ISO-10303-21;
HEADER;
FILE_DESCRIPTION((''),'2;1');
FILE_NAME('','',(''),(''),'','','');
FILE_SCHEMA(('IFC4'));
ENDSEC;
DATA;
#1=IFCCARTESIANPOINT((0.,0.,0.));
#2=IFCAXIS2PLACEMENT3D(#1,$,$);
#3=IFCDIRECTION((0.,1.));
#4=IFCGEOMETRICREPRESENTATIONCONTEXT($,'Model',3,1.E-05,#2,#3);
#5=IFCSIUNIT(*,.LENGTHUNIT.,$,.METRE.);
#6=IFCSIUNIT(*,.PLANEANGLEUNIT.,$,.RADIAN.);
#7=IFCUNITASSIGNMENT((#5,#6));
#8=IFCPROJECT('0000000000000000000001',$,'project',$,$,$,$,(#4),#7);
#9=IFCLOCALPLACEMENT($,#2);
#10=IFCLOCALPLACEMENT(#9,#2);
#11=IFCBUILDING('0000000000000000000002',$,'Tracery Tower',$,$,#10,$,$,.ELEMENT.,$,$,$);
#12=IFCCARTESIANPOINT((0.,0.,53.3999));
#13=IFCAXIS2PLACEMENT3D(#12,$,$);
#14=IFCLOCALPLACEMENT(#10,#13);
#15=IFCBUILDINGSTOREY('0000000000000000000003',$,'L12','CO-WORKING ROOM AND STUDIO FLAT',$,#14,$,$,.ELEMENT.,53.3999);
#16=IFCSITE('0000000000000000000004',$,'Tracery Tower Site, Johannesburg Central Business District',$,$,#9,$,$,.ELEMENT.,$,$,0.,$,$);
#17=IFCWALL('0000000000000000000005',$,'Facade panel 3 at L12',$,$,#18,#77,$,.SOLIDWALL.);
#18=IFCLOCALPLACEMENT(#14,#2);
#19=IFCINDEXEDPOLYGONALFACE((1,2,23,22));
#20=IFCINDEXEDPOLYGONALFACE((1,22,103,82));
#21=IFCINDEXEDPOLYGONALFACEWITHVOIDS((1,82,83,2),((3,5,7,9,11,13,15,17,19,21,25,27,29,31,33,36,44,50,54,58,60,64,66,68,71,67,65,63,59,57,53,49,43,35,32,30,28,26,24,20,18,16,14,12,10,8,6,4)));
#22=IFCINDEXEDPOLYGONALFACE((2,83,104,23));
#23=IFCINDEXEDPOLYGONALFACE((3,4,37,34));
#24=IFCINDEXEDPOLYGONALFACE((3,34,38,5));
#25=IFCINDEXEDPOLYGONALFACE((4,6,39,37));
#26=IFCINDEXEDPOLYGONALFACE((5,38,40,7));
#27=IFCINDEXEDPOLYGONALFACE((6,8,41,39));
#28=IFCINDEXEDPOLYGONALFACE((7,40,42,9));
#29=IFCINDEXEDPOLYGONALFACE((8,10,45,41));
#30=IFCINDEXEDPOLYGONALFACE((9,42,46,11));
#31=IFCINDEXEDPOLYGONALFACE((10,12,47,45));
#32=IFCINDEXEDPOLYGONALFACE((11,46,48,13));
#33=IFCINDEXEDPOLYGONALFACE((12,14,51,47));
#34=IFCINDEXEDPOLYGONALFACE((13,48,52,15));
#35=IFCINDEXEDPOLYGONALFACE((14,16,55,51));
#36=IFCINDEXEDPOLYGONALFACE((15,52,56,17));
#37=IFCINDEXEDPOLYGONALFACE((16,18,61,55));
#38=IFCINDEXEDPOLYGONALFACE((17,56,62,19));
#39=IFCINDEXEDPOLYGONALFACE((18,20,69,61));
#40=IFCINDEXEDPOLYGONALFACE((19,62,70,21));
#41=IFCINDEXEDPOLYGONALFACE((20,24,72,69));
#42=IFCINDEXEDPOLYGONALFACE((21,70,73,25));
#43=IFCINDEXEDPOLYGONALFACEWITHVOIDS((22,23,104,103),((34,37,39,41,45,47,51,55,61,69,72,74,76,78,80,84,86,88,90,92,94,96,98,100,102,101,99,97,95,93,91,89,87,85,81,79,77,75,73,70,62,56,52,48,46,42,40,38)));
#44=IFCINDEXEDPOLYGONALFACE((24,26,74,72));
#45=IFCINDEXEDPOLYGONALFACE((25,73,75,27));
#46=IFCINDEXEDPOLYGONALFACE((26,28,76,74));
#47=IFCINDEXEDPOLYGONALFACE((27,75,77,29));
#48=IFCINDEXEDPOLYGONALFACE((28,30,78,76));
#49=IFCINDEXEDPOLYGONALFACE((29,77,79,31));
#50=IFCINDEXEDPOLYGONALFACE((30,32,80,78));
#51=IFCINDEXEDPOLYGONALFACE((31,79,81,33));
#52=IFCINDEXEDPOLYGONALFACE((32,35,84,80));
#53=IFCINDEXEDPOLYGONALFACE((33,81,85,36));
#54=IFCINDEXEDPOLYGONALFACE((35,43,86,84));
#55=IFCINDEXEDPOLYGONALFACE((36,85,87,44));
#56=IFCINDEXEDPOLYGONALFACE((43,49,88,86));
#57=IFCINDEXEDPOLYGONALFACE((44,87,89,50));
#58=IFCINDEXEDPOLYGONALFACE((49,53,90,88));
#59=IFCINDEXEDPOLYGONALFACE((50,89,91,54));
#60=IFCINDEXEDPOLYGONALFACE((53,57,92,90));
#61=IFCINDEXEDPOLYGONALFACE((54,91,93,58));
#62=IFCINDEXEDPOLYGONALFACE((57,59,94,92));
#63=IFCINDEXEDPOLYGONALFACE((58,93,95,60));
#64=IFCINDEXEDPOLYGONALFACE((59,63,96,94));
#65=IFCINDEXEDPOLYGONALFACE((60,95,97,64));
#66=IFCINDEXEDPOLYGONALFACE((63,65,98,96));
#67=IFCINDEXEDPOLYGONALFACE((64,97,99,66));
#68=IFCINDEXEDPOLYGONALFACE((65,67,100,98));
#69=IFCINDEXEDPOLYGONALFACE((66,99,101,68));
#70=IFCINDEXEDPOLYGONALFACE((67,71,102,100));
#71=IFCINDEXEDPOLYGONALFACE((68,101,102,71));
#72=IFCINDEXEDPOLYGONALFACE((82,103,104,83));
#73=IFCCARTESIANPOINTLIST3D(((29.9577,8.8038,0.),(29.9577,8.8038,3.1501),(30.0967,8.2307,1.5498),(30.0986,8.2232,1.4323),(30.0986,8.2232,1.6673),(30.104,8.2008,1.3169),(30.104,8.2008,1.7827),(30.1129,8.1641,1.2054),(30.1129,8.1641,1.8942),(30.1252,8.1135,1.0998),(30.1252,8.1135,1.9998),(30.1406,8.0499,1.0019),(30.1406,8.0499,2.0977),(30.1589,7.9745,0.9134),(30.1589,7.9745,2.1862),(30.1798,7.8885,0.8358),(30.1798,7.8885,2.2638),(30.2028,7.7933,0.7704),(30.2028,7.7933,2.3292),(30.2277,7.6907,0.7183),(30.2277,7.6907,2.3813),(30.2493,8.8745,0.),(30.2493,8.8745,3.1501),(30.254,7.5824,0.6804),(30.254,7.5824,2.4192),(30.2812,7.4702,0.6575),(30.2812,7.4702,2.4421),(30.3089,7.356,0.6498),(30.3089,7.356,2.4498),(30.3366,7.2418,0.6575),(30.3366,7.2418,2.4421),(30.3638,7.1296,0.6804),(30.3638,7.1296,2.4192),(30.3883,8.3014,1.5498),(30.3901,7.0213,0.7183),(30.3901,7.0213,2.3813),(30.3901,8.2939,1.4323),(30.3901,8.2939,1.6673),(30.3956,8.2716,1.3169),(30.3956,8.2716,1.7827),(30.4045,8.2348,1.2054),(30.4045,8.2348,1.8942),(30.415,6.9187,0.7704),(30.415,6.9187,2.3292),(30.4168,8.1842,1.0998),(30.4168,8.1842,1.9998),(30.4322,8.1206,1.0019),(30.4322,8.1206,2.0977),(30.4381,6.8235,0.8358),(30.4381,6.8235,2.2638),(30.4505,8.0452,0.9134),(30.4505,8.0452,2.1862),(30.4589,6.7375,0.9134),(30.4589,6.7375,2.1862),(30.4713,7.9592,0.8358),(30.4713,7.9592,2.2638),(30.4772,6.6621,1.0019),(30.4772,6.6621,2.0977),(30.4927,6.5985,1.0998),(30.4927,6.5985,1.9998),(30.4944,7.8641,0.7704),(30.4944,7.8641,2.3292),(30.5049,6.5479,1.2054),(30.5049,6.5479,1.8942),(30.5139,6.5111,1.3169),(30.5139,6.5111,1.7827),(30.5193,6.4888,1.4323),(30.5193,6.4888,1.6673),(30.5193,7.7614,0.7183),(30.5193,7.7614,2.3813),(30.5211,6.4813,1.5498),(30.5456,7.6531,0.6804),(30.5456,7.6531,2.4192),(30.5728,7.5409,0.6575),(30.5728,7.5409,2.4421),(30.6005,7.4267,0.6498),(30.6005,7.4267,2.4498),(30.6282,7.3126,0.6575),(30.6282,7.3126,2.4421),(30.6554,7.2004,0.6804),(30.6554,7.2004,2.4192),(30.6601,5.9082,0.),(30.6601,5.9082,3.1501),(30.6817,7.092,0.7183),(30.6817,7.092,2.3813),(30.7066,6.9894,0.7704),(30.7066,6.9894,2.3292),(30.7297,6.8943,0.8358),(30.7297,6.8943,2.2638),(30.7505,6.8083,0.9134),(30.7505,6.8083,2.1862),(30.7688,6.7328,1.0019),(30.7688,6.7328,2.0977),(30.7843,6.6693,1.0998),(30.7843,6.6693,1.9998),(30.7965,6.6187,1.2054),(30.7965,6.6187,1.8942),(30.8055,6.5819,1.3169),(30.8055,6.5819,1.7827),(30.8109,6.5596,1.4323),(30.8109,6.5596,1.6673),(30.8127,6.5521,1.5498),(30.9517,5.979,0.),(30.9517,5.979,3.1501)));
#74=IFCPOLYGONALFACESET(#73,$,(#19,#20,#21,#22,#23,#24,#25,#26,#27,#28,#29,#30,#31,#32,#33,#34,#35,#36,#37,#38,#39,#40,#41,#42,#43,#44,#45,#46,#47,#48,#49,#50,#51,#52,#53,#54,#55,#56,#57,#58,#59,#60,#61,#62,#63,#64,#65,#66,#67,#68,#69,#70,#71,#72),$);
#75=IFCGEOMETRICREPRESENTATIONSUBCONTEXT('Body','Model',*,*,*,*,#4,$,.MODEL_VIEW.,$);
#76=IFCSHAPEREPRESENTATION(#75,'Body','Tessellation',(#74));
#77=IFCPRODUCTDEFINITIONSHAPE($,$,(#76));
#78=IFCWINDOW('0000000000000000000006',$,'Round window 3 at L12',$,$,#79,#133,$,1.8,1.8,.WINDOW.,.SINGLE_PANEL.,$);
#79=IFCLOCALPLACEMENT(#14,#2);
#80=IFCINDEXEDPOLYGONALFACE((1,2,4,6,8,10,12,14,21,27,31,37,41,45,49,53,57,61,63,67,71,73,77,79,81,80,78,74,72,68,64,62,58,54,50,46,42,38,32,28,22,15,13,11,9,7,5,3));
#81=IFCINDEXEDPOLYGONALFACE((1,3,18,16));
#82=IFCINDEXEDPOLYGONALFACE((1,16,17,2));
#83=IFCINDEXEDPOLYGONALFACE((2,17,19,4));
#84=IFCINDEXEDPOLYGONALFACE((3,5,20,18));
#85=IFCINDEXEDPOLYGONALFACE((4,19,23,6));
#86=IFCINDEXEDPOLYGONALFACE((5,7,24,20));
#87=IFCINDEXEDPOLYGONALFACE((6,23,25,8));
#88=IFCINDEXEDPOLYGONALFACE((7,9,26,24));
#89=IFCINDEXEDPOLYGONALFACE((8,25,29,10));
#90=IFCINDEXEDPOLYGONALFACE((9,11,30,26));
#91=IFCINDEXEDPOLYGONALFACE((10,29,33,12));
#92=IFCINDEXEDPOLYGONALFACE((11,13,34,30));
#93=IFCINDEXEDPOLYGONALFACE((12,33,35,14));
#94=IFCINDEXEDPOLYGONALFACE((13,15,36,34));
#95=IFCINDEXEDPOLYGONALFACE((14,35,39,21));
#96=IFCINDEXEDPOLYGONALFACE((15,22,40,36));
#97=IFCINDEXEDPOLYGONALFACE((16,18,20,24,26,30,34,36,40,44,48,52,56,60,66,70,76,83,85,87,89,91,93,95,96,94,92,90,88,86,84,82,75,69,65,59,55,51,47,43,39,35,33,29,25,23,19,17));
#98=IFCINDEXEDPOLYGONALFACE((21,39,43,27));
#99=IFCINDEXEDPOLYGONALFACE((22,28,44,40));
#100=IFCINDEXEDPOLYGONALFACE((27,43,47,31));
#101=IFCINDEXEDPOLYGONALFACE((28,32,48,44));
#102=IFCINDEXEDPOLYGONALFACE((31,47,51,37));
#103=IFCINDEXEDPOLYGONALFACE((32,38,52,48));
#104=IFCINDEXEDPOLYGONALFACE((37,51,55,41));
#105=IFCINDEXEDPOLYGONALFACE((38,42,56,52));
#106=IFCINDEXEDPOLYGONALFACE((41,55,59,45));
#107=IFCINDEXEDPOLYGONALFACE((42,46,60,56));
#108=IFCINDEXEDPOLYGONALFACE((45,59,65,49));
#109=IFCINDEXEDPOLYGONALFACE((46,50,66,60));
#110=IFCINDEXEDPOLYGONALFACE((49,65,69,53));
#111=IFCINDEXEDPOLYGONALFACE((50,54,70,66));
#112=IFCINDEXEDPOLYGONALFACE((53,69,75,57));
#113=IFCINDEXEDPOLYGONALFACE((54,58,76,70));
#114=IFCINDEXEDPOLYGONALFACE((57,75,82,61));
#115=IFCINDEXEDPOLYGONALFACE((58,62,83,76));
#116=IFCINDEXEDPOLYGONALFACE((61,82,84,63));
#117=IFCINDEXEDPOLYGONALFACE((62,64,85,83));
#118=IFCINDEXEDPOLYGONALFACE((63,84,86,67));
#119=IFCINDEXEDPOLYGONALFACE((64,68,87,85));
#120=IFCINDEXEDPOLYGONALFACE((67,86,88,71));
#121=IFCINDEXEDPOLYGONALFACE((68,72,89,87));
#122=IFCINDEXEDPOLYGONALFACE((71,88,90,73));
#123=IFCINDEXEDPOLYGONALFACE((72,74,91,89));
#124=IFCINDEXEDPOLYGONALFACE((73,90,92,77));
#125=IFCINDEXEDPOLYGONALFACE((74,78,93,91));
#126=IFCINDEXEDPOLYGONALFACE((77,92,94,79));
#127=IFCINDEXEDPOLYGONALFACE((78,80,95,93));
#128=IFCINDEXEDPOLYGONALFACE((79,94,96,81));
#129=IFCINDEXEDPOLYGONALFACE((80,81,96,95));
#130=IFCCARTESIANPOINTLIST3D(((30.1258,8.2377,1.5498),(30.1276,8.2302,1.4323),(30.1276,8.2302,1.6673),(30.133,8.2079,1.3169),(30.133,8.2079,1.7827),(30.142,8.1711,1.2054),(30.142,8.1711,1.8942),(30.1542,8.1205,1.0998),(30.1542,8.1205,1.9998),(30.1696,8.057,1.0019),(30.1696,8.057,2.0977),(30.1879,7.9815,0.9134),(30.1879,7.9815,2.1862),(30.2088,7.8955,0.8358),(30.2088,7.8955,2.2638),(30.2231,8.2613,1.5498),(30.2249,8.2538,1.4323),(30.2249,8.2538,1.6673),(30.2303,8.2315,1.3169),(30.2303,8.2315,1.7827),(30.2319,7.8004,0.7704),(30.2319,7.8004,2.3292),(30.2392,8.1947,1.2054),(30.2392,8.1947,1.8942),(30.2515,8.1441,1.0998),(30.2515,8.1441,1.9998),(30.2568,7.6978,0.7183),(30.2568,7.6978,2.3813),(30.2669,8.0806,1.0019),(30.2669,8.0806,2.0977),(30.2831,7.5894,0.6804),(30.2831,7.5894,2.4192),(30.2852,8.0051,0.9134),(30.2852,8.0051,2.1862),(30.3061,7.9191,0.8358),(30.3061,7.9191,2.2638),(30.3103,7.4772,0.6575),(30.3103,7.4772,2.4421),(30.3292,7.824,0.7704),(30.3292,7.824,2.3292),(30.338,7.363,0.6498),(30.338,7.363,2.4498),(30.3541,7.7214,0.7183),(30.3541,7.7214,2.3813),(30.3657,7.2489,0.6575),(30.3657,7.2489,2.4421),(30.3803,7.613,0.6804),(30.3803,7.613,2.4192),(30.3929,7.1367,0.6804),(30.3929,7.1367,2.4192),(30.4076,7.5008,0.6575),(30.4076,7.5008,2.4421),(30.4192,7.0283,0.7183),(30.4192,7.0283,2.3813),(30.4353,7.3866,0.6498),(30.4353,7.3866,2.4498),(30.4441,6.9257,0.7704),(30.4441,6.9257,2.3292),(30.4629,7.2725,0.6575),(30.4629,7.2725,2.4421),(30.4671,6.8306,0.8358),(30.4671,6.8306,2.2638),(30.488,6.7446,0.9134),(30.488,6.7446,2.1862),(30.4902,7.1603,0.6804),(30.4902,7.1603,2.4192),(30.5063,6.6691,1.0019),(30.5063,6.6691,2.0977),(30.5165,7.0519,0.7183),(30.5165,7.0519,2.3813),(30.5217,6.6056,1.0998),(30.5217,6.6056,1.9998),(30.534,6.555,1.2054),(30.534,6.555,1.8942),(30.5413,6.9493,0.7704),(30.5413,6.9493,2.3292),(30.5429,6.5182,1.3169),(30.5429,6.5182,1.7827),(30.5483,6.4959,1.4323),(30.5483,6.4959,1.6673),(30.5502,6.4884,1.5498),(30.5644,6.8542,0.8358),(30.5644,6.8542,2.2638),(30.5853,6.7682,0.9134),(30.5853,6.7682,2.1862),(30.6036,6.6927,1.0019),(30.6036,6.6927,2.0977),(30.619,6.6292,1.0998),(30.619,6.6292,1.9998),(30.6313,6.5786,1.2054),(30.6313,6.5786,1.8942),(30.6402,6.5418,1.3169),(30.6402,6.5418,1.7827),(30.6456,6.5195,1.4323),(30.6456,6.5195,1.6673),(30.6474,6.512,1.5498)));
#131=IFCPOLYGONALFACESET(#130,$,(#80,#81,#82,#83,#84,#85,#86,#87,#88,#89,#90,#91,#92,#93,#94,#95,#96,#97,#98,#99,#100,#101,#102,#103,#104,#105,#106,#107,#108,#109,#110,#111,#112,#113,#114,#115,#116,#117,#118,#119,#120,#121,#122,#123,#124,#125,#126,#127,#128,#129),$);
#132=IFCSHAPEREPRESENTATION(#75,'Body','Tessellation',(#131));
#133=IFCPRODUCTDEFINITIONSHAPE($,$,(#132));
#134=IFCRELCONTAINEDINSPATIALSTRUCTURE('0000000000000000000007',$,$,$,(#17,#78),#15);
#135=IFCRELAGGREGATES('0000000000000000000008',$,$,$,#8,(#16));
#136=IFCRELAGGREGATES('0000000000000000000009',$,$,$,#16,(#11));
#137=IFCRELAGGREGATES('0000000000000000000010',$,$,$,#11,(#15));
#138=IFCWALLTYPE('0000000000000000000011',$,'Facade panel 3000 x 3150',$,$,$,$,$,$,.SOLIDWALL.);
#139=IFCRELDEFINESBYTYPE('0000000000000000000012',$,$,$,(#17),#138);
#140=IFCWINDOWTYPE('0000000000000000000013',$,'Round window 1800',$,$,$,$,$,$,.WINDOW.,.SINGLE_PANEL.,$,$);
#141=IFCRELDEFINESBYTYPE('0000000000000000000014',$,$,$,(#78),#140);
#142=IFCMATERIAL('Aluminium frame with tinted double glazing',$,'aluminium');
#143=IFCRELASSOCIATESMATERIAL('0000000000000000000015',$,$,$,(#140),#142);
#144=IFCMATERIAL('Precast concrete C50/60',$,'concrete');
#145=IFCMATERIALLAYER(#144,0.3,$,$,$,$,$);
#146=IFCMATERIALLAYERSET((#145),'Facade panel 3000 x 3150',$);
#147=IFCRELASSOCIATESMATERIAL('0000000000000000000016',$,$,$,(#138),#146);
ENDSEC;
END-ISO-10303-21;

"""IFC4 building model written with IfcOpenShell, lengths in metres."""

from ifc_helpers import new_model, si_unit, direction, frame, frame_2d, origin, origin_2d, place, context, subcontext, project, spatial, rectangle, circle, extrude, material, layer, layer_set, type_object, element, fill, save


model = new_model("IFC4")

# Units and contexts
model_context = context("Model", 3, precision=1e-05, world=origin(), true_north=direction((0.0, 1.0)))
body_context = subcontext(model_context, "Body", "Model", "MODEL_VIEW")
ifc_project = project(units=[si_unit("LENGTHUNIT", "METRE"), si_unit("PLANEANGLEUNIT", "RADIAN")], contexts=[model_context])

# Site, building, storey
site_placement = place(None, origin())
site = spatial("IfcSite", under=ifc_project, at=site_placement, Name="Tracery Tower Site, Johannesburg Central Business District", CompositionType="ELEMENT", RefElevation=0.0)
building_placement = place(site_placement, origin())
building = spatial("IfcBuilding", under=site, at=building_placement, Name="Tracery Tower", CompositionType="ELEMENT")
storey_placement = place(building_placement, frame((0.0, 0.0, 53.3999)))
storey = spatial("IfcBuildingStorey", under=building, at=storey_placement, Name="L12", Description="CO-WORKING ROOM AND STUDIO FLAT", CompositionType="ELEMENT", Elevation=53.3999)

# Wall, opening, window
ifc_material_1 = material(Name="Aluminium frame with tinted double glazing", Category="aluminium")
window_type = type_object("IfcWindowType", Name="Round window 1800", PartitioningType="SINGLE_PANEL", PredefinedType="WINDOW", material=ifc_material_1)
ifc_material_2 = material(Name="Precast concrete C50/60", Category="concrete")
ifc_layer_1 = layer(ifc_material_2, 0.3)
ifc_layer_set_1 = layer_set([ifc_layer_1], Name="Facade panel 3000 x 3150")
wall_type_1 = type_object("IfcWallType", Name="Facade panel 3000 x 3150", PredefinedType="SOLIDWALL", material=ifc_layer_set_1)
wall_1_placement = place(storey_placement, frame((30.8059, 5.9436, 0.0), z_axis=(0.0, 0.0, 1.0), x_axis=(-0.235743, 0.971815, 0.0)))
wall_1 = element("IfcWall", 1, at=wall_1_placement, inside=storey, type_object=wall_type_1, Name="Facade panel 3 at L12", PredefinedType="SOLIDWALL", context=body_context, shape_type="SweptSolid", body=[
    extrude(rectangle(XDim=2.9795, YDim=0.3, at=frame_2d((1.4897, 0.0))), origin(), (0.0, 0.0, 1.0), 3.1501),
])
opening_1_placement = place(wall_1_placement, frame((1.4897, 0.0, 1.5498)))
opening_1 = element("IfcOpeningElement", 2, at=opening_1_placement, cuts=wall_1, PredefinedType="OPENING", context=body_context, shape_type="SweptSolid", body=[
    extrude(circle(Radius=0.9, at=origin_2d()), frame((0.0, 0.1599, 0.0), z_axis=(0.0, -1.0, 0.0), x_axis=(1.0, 0.0, 0.0)), (0.0, 0.0, 1.0), 0.3201),
])
window_1_placement = place(opening_1_placement, origin())
window_1 = element("IfcWindow", 3, at=window_1_placement, inside=storey, type_object=window_type, Name="Round window 3 at L12", OverallHeight=1.8, OverallWidth=1.8, PartitioningType="SINGLE_PANEL", PredefinedType="WINDOW", context=body_context, shape_type="SweptSolid", body=[
    extrude(circle(Radius=0.9, at=origin_2d()), frame((0.0, 0.1201, 0.0), z_axis=(0.0, -1.0, 0.0), x_axis=(1.0, 0.0, 0.0)), (0.0, 0.0, 1.0), 0.1001),
])
fill(opening_1, window_1)

save(model, "model.ifc")
